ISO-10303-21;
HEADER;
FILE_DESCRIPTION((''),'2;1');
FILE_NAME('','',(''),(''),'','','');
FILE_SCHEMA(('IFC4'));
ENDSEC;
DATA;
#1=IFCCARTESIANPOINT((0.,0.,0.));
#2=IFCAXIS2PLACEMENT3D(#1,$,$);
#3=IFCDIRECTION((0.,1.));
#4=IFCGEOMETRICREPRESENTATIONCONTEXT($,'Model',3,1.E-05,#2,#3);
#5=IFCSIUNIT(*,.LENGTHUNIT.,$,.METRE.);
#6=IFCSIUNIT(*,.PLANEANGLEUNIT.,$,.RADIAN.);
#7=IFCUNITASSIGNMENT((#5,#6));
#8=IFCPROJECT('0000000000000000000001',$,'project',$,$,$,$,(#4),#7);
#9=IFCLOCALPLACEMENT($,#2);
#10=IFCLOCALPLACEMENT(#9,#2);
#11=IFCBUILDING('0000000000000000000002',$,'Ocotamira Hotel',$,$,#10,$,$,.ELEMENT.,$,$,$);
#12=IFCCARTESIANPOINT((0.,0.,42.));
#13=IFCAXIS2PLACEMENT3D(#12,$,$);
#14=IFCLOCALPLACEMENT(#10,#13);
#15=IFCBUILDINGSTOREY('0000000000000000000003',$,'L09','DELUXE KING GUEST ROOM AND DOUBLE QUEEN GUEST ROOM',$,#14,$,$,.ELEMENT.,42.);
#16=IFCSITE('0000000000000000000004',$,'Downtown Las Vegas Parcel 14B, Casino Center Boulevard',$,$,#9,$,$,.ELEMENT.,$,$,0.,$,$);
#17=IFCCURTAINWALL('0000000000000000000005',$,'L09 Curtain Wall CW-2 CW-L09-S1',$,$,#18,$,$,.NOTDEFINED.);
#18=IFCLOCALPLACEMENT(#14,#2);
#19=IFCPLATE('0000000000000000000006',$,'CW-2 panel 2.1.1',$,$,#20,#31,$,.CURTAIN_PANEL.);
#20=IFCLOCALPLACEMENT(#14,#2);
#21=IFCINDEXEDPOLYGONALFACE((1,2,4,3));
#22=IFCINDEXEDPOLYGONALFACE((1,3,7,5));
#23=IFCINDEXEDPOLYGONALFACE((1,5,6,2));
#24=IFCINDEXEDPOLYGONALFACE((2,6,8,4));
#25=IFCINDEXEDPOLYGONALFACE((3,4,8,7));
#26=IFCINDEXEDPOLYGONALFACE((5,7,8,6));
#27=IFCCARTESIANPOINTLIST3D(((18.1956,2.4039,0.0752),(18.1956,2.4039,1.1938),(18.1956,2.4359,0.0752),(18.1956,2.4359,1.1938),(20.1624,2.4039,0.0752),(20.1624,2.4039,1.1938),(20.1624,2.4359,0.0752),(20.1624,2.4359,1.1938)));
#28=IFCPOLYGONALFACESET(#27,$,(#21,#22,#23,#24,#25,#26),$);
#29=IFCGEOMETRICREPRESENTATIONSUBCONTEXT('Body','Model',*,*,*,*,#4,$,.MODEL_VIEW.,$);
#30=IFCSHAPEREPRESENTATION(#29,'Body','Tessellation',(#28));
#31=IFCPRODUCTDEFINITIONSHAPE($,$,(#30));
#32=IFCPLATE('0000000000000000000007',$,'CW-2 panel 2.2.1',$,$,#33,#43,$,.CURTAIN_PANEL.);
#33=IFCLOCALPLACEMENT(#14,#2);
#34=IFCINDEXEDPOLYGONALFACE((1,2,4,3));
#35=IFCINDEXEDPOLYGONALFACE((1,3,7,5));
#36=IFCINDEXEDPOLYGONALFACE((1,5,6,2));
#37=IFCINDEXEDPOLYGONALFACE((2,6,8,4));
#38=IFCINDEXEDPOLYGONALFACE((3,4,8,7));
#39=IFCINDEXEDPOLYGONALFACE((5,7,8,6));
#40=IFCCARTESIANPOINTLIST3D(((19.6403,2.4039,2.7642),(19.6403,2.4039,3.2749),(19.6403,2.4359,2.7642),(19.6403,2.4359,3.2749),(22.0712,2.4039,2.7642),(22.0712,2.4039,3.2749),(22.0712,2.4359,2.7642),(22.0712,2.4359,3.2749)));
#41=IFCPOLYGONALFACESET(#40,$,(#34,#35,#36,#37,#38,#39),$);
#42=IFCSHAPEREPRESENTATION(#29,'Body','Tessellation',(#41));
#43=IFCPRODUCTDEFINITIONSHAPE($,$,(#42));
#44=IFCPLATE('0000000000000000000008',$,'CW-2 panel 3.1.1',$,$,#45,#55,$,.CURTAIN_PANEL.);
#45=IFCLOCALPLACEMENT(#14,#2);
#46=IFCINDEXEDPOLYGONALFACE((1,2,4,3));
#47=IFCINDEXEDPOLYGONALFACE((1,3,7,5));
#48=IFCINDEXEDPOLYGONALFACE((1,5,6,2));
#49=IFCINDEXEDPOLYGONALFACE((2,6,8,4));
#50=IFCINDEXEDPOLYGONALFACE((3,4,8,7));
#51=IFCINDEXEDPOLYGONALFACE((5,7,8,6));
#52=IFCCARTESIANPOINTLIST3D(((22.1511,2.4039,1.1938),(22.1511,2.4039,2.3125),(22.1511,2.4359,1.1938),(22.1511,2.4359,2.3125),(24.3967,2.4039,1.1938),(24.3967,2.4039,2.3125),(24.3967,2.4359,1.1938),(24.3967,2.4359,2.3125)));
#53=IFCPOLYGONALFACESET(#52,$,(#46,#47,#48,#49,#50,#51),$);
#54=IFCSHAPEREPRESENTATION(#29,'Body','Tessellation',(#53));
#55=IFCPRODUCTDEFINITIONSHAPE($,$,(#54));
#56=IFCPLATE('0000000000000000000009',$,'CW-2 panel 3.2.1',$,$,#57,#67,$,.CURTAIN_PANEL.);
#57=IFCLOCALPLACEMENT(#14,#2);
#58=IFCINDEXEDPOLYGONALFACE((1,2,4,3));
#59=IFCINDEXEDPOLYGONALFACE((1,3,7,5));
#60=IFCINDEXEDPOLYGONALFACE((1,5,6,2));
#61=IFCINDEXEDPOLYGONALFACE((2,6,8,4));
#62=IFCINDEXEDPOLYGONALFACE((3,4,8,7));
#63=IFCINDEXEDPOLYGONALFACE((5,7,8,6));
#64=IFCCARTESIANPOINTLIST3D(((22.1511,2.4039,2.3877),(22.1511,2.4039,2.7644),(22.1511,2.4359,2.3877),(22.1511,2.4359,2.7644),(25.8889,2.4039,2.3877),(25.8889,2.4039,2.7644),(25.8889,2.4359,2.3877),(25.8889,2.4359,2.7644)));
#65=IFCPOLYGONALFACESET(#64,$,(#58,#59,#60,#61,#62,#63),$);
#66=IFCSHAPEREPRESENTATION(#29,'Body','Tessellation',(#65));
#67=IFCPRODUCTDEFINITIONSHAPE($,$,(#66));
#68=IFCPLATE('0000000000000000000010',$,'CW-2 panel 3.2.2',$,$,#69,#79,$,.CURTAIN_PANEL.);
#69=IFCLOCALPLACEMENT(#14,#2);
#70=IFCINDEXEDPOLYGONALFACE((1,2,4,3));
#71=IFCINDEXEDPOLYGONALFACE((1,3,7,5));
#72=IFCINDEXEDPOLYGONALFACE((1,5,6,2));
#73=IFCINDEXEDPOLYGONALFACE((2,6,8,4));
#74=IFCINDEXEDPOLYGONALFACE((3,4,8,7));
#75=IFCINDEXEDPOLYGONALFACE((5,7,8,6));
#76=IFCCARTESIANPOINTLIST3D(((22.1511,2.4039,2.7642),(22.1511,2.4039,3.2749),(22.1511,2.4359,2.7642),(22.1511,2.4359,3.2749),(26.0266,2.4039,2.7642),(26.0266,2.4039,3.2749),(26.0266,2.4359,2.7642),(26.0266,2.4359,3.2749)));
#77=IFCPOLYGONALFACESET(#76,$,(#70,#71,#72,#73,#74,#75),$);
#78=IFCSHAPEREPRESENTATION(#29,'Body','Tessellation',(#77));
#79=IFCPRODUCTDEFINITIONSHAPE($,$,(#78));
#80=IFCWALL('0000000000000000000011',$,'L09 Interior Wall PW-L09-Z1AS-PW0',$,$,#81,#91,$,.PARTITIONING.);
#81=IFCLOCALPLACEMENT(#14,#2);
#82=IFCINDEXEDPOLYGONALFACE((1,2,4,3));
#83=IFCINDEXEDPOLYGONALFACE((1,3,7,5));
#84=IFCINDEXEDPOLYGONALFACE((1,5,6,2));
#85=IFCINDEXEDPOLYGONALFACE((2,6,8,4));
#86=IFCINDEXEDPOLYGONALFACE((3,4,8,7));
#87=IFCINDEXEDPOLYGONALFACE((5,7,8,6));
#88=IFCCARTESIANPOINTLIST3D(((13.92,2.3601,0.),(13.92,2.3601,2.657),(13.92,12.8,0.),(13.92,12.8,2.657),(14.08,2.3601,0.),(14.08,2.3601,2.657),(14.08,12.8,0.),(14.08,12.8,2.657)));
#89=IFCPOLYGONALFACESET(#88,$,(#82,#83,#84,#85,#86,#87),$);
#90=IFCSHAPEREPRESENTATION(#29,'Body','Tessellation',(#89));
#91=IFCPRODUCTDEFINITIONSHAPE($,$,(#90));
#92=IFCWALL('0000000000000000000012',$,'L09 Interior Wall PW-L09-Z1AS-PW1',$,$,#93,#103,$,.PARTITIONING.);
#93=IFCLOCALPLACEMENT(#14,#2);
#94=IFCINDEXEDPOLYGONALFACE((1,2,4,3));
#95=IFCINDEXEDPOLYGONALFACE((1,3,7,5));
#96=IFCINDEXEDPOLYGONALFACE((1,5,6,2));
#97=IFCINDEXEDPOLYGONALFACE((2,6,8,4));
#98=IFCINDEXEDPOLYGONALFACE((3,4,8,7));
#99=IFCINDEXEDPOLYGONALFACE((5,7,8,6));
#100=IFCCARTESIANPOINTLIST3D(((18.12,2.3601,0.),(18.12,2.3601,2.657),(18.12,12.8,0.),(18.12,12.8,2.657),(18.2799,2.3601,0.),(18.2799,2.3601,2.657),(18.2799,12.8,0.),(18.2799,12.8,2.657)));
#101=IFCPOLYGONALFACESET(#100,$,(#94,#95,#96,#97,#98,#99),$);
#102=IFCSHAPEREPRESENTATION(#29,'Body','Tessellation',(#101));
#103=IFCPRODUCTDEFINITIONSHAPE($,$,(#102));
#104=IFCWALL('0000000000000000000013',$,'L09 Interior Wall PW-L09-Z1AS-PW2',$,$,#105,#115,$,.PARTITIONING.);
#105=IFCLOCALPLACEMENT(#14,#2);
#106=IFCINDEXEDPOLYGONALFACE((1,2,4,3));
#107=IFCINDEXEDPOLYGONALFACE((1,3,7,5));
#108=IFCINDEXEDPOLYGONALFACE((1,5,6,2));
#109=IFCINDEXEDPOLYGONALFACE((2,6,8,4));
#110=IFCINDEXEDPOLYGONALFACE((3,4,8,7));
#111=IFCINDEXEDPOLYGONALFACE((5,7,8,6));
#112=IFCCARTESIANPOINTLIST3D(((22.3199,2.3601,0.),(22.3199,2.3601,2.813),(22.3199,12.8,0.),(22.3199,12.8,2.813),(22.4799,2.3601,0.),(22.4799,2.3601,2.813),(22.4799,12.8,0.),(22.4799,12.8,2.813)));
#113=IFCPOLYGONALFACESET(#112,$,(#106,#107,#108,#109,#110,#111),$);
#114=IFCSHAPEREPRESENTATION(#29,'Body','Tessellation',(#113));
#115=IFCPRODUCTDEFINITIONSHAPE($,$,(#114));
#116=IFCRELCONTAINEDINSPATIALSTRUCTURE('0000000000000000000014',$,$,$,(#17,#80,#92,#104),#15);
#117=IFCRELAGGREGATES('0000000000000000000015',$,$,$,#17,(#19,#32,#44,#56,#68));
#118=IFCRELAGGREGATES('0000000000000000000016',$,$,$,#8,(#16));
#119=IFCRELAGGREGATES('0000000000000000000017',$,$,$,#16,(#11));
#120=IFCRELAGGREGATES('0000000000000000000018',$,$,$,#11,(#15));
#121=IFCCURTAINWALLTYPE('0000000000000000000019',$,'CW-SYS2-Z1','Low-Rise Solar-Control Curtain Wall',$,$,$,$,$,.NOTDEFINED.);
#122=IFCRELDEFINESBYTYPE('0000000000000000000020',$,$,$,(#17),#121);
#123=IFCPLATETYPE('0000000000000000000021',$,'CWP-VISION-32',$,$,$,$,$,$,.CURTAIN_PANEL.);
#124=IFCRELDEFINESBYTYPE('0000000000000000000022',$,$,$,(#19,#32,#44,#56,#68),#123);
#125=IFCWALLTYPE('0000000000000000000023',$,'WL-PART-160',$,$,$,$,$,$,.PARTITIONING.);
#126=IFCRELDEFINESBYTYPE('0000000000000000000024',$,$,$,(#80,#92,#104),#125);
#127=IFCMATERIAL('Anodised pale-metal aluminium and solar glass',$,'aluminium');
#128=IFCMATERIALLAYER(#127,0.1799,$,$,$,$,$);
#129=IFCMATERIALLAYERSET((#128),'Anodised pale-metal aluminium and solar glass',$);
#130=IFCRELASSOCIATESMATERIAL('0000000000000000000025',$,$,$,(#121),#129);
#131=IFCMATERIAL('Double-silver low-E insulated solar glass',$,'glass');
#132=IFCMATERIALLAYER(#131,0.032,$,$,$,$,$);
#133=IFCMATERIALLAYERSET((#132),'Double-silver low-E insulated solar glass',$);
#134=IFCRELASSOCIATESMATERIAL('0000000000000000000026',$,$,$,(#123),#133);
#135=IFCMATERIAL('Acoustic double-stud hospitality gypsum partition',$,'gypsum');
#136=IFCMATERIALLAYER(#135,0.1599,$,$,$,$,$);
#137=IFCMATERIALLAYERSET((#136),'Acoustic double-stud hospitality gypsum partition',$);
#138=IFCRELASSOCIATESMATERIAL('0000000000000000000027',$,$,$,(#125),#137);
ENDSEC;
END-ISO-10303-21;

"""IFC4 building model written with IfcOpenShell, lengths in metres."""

from ifc_helpers import new_model, si_unit, direction, frame, frame_2d, origin, origin_2d, place, context, subcontext, project, spatial, rectangle, extrude, source, transform, mapped, material, layer, layer_set, type_object, element, aggregate, save


model = new_model("IFC4")

# Units and contexts
model_context = context("Model", 3, precision=1e-05, world=origin(), true_north=direction((0.0, 1.0)))
body_context = subcontext(model_context, "Body", "Model", "MODEL_VIEW")
ifc_project = project(units=[si_unit("LENGTHUNIT", "METRE"), si_unit("PLANEANGLEUNIT", "RADIAN")], contexts=[model_context])

# Site, building, storey
site_placement = place(None, origin())
site = spatial("IfcSite", under=ifc_project, at=site_placement, Name="Downtown Las Vegas Parcel 14B, Casino Center Boulevard", CompositionType="ELEMENT", RefElevation=0.0)
building_placement = place(site_placement, origin())
building = spatial("IfcBuilding", under=site, at=building_placement, Name="Ocotamira Hotel", CompositionType="ELEMENT")
storey_placement = place(building_placement, frame((0.0, 0.0, 42.0)))
storey = spatial("IfcBuildingStorey", under=building, at=storey_placement, Name="L09", Description="DELUXE KING GUEST ROOM AND DOUBLE QUEEN GUEST ROOM", CompositionType="ELEMENT", Elevation=42.0)

# Curtain wall
ifc_material_1 = material(Name="Anodised pale-metal aluminium and solar glass", Category="aluminium")
ifc_layer_1 = layer(ifc_material_1, 0.1799)
ifc_layer_set_1 = layer_set([ifc_layer_1], Name="Anodised pale-metal aluminium and solar glass")
curtain_wall_type = type_object("IfcCurtainWallType", Name="CW-SYS2-Z1", Description="Low-Rise Solar-Control Curtain Wall", PredefinedType="NOTDEFINED", material=ifc_layer_set_1)
curtain_wall_placement = place(storey_placement, origin())
curtain_wall = element("IfcCurtainWall", 1, at=curtain_wall_placement, inside=storey, type_object=curtain_wall_type, Name="L09 Curtain Wall CW-2 CW-L09-S1", PredefinedType="NOTDEFINED")

# Plates
ifc_material_2 = material(Name="Double-silver low-E insulated solar glass", Category="glass")
ifc_layer_2 = layer(ifc_material_2, 0.032)
ifc_layer_set_2 = layer_set([ifc_layer_2], Name="Double-silver low-E insulated solar glass")
plate_type_1 = type_object("IfcPlateType", Name="CWP-VISION-32", PredefinedType="CURTAIN_PANEL", material=ifc_layer_set_2)
shared_shape_1 = source(origin(), body_context, "Body", "SweptSolid", [
    extrude(rectangle(XDim=1.9668, YDim=0.032, at=origin_2d()), origin(), (0.0, 0.0, 1.0), 1.1187),
])
plate_1_placement = place(storey_placement, frame((19.179, 2.4199, 0.0752), z_axis=(0.0, 0.0, 1.0), x_axis=(1.0, 0.0, 0.0)))
plate_1 = element("IfcPlate", 2, at=plate_1_placement, type_object=plate_type_1, Name="CW-2 panel 2.1.1", PredefinedType="CURTAIN_PANEL", context=body_context, shape_type="MappedRepresentation", body=[
    mapped(shared_shape_1, transform((0.0, 0.0, 0.0), scale=1.0)),
])
shared_shape_2 = source(origin(), body_context, "Body", "SweptSolid", [
    extrude(rectangle(XDim=2.4309, YDim=0.032, at=origin_2d()), origin(), (0.0, 0.0, 1.0), 0.5107),
])
plate_2_placement = place(storey_placement, frame((20.8557, 2.4199, 2.7642), z_axis=(0.0, 0.0, 1.0), x_axis=(1.0, 0.0, 0.0)))
plate_2 = element("IfcPlate", 3, at=plate_2_placement, type_object=plate_type_1, Name="CW-2 panel 2.2.1", PredefinedType="CURTAIN_PANEL", context=body_context, shape_type="MappedRepresentation", body=[
    mapped(shared_shape_2, transform((0.0, 0.0, 0.0), scale=1.0)),
])
shared_shape_3 = source(origin(), body_context, "Body", "SweptSolid", [
    extrude(rectangle(XDim=2.2456, YDim=0.032, at=origin_2d()), origin(), (0.0, 0.0, 1.0), 1.1187),
])
plate_3_placement = place(storey_placement, frame((23.2739, 2.4199, 1.1938), z_axis=(0.0, 0.0, 1.0), x_axis=(1.0, 0.0, 0.0)))
plate_3 = element("IfcPlate", 4, at=plate_3_placement, type_object=plate_type_1, Name="CW-2 panel 3.1.1", PredefinedType="CURTAIN_PANEL", context=body_context, shape_type="MappedRepresentation", body=[
    mapped(shared_shape_3, transform((0.0, 0.0, 0.0), scale=1.0)),
])
shared_shape_4 = source(origin(), body_context, "Body", "SweptSolid", [
    extrude(rectangle(XDim=3.7378, YDim=0.032, at=origin_2d()), origin(), (0.0, 0.0, 1.0), 0.3767),
])
plate_4_placement = place(storey_placement, frame((24.02, 2.4199, 2.3877), z_axis=(0.0, 0.0, 1.0), x_axis=(1.0, 0.0, 0.0)))
plate_4 = element("IfcPlate", 5, at=plate_4_placement, type_object=plate_type_1, Name="CW-2 panel 3.2.1", PredefinedType="CURTAIN_PANEL", context=body_context, shape_type="MappedRepresentation", body=[
    mapped(shared_shape_4, transform((0.0, 0.0, 0.0), scale=1.0)),
])
shared_shape_5 = source(origin(), body_context, "Body", "SweptSolid", [
    extrude(rectangle(XDim=3.8755, YDim=0.032, at=origin_2d()), origin(), (0.0, 0.0, 1.0), 0.5107),
])
plate_5_placement = place(storey_placement, frame((24.0889, 2.4199, 2.7642), z_axis=(0.0, 0.0, 1.0), x_axis=(1.0, 0.0, 0.0)))
plate_5 = element("IfcPlate", 6, at=plate_5_placement, type_object=plate_type_1, Name="CW-2 panel 3.2.2", PredefinedType="CURTAIN_PANEL", context=body_context, shape_type="MappedRepresentation", body=[
    mapped(shared_shape_5, transform((0.0, 0.0, 0.0), scale=1.0)),
])
aggregate(curtain_wall, [plate_1, plate_2, plate_3, plate_4, plate_5])

# Walls
ifc_material_3 = material(Name="Acoustic double-stud hospitality gypsum partition", Category="gypsum")
ifc_layer_3 = layer(ifc_material_3, 0.1599)
ifc_layer_set_3 = layer_set([ifc_layer_3], Name="Acoustic double-stud hospitality gypsum partition")
wall_type = type_object("IfcWallType", Name="WL-PART-160", PredefinedType="PARTITIONING", material=ifc_layer_set_3)
for number, where, z_axis, x_axis, name in (
    (7, (14.0, 2.3601, 0.0), (0.0, 0.0, 1.0), (0.0, 1.0, 0.0), "L09 Interior Wall PW-L09-Z1AS-PW0"),
    (8, (18.2, 2.3601, 0.0), (0.0, 0.0, 1.0), (0.0, 1.0, 0.0), "L09 Interior Wall PW-L09-Z1AS-PW1"),
):
    element("IfcWall", number, at=place(storey_placement, frame(where, z_axis=z_axis, x_axis=x_axis)), inside=storey, type_object=wall_type, Name=name, PredefinedType="PARTITIONING", context=body_context, shape_type="SweptSolid", body=[
        extrude(rectangle(XDim=10.4399, YDim=0.1599, at=frame_2d((5.22, 0.0))), origin(), (0.0, 0.0, 1.0), 2.657),
    ])
wall_placement = place(storey_placement, frame((22.3999, 2.3601, 0.0), z_axis=(0.0, 0.0, 1.0), x_axis=(0.0, 1.0, 0.0)))
element("IfcWall", 9, at=wall_placement, inside=storey, type_object=wall_type, Name="L09 Interior Wall PW-L09-Z1AS-PW2", PredefinedType="PARTITIONING", context=body_context, shape_type="SweptSolid", body=[
    extrude(rectangle(XDim=10.4399, YDim=0.1599, at=frame_2d((5.22, 0.0))), origin(), (0.0, 0.0, 1.0), 2.813),
])

save(model, "model.ifc")
